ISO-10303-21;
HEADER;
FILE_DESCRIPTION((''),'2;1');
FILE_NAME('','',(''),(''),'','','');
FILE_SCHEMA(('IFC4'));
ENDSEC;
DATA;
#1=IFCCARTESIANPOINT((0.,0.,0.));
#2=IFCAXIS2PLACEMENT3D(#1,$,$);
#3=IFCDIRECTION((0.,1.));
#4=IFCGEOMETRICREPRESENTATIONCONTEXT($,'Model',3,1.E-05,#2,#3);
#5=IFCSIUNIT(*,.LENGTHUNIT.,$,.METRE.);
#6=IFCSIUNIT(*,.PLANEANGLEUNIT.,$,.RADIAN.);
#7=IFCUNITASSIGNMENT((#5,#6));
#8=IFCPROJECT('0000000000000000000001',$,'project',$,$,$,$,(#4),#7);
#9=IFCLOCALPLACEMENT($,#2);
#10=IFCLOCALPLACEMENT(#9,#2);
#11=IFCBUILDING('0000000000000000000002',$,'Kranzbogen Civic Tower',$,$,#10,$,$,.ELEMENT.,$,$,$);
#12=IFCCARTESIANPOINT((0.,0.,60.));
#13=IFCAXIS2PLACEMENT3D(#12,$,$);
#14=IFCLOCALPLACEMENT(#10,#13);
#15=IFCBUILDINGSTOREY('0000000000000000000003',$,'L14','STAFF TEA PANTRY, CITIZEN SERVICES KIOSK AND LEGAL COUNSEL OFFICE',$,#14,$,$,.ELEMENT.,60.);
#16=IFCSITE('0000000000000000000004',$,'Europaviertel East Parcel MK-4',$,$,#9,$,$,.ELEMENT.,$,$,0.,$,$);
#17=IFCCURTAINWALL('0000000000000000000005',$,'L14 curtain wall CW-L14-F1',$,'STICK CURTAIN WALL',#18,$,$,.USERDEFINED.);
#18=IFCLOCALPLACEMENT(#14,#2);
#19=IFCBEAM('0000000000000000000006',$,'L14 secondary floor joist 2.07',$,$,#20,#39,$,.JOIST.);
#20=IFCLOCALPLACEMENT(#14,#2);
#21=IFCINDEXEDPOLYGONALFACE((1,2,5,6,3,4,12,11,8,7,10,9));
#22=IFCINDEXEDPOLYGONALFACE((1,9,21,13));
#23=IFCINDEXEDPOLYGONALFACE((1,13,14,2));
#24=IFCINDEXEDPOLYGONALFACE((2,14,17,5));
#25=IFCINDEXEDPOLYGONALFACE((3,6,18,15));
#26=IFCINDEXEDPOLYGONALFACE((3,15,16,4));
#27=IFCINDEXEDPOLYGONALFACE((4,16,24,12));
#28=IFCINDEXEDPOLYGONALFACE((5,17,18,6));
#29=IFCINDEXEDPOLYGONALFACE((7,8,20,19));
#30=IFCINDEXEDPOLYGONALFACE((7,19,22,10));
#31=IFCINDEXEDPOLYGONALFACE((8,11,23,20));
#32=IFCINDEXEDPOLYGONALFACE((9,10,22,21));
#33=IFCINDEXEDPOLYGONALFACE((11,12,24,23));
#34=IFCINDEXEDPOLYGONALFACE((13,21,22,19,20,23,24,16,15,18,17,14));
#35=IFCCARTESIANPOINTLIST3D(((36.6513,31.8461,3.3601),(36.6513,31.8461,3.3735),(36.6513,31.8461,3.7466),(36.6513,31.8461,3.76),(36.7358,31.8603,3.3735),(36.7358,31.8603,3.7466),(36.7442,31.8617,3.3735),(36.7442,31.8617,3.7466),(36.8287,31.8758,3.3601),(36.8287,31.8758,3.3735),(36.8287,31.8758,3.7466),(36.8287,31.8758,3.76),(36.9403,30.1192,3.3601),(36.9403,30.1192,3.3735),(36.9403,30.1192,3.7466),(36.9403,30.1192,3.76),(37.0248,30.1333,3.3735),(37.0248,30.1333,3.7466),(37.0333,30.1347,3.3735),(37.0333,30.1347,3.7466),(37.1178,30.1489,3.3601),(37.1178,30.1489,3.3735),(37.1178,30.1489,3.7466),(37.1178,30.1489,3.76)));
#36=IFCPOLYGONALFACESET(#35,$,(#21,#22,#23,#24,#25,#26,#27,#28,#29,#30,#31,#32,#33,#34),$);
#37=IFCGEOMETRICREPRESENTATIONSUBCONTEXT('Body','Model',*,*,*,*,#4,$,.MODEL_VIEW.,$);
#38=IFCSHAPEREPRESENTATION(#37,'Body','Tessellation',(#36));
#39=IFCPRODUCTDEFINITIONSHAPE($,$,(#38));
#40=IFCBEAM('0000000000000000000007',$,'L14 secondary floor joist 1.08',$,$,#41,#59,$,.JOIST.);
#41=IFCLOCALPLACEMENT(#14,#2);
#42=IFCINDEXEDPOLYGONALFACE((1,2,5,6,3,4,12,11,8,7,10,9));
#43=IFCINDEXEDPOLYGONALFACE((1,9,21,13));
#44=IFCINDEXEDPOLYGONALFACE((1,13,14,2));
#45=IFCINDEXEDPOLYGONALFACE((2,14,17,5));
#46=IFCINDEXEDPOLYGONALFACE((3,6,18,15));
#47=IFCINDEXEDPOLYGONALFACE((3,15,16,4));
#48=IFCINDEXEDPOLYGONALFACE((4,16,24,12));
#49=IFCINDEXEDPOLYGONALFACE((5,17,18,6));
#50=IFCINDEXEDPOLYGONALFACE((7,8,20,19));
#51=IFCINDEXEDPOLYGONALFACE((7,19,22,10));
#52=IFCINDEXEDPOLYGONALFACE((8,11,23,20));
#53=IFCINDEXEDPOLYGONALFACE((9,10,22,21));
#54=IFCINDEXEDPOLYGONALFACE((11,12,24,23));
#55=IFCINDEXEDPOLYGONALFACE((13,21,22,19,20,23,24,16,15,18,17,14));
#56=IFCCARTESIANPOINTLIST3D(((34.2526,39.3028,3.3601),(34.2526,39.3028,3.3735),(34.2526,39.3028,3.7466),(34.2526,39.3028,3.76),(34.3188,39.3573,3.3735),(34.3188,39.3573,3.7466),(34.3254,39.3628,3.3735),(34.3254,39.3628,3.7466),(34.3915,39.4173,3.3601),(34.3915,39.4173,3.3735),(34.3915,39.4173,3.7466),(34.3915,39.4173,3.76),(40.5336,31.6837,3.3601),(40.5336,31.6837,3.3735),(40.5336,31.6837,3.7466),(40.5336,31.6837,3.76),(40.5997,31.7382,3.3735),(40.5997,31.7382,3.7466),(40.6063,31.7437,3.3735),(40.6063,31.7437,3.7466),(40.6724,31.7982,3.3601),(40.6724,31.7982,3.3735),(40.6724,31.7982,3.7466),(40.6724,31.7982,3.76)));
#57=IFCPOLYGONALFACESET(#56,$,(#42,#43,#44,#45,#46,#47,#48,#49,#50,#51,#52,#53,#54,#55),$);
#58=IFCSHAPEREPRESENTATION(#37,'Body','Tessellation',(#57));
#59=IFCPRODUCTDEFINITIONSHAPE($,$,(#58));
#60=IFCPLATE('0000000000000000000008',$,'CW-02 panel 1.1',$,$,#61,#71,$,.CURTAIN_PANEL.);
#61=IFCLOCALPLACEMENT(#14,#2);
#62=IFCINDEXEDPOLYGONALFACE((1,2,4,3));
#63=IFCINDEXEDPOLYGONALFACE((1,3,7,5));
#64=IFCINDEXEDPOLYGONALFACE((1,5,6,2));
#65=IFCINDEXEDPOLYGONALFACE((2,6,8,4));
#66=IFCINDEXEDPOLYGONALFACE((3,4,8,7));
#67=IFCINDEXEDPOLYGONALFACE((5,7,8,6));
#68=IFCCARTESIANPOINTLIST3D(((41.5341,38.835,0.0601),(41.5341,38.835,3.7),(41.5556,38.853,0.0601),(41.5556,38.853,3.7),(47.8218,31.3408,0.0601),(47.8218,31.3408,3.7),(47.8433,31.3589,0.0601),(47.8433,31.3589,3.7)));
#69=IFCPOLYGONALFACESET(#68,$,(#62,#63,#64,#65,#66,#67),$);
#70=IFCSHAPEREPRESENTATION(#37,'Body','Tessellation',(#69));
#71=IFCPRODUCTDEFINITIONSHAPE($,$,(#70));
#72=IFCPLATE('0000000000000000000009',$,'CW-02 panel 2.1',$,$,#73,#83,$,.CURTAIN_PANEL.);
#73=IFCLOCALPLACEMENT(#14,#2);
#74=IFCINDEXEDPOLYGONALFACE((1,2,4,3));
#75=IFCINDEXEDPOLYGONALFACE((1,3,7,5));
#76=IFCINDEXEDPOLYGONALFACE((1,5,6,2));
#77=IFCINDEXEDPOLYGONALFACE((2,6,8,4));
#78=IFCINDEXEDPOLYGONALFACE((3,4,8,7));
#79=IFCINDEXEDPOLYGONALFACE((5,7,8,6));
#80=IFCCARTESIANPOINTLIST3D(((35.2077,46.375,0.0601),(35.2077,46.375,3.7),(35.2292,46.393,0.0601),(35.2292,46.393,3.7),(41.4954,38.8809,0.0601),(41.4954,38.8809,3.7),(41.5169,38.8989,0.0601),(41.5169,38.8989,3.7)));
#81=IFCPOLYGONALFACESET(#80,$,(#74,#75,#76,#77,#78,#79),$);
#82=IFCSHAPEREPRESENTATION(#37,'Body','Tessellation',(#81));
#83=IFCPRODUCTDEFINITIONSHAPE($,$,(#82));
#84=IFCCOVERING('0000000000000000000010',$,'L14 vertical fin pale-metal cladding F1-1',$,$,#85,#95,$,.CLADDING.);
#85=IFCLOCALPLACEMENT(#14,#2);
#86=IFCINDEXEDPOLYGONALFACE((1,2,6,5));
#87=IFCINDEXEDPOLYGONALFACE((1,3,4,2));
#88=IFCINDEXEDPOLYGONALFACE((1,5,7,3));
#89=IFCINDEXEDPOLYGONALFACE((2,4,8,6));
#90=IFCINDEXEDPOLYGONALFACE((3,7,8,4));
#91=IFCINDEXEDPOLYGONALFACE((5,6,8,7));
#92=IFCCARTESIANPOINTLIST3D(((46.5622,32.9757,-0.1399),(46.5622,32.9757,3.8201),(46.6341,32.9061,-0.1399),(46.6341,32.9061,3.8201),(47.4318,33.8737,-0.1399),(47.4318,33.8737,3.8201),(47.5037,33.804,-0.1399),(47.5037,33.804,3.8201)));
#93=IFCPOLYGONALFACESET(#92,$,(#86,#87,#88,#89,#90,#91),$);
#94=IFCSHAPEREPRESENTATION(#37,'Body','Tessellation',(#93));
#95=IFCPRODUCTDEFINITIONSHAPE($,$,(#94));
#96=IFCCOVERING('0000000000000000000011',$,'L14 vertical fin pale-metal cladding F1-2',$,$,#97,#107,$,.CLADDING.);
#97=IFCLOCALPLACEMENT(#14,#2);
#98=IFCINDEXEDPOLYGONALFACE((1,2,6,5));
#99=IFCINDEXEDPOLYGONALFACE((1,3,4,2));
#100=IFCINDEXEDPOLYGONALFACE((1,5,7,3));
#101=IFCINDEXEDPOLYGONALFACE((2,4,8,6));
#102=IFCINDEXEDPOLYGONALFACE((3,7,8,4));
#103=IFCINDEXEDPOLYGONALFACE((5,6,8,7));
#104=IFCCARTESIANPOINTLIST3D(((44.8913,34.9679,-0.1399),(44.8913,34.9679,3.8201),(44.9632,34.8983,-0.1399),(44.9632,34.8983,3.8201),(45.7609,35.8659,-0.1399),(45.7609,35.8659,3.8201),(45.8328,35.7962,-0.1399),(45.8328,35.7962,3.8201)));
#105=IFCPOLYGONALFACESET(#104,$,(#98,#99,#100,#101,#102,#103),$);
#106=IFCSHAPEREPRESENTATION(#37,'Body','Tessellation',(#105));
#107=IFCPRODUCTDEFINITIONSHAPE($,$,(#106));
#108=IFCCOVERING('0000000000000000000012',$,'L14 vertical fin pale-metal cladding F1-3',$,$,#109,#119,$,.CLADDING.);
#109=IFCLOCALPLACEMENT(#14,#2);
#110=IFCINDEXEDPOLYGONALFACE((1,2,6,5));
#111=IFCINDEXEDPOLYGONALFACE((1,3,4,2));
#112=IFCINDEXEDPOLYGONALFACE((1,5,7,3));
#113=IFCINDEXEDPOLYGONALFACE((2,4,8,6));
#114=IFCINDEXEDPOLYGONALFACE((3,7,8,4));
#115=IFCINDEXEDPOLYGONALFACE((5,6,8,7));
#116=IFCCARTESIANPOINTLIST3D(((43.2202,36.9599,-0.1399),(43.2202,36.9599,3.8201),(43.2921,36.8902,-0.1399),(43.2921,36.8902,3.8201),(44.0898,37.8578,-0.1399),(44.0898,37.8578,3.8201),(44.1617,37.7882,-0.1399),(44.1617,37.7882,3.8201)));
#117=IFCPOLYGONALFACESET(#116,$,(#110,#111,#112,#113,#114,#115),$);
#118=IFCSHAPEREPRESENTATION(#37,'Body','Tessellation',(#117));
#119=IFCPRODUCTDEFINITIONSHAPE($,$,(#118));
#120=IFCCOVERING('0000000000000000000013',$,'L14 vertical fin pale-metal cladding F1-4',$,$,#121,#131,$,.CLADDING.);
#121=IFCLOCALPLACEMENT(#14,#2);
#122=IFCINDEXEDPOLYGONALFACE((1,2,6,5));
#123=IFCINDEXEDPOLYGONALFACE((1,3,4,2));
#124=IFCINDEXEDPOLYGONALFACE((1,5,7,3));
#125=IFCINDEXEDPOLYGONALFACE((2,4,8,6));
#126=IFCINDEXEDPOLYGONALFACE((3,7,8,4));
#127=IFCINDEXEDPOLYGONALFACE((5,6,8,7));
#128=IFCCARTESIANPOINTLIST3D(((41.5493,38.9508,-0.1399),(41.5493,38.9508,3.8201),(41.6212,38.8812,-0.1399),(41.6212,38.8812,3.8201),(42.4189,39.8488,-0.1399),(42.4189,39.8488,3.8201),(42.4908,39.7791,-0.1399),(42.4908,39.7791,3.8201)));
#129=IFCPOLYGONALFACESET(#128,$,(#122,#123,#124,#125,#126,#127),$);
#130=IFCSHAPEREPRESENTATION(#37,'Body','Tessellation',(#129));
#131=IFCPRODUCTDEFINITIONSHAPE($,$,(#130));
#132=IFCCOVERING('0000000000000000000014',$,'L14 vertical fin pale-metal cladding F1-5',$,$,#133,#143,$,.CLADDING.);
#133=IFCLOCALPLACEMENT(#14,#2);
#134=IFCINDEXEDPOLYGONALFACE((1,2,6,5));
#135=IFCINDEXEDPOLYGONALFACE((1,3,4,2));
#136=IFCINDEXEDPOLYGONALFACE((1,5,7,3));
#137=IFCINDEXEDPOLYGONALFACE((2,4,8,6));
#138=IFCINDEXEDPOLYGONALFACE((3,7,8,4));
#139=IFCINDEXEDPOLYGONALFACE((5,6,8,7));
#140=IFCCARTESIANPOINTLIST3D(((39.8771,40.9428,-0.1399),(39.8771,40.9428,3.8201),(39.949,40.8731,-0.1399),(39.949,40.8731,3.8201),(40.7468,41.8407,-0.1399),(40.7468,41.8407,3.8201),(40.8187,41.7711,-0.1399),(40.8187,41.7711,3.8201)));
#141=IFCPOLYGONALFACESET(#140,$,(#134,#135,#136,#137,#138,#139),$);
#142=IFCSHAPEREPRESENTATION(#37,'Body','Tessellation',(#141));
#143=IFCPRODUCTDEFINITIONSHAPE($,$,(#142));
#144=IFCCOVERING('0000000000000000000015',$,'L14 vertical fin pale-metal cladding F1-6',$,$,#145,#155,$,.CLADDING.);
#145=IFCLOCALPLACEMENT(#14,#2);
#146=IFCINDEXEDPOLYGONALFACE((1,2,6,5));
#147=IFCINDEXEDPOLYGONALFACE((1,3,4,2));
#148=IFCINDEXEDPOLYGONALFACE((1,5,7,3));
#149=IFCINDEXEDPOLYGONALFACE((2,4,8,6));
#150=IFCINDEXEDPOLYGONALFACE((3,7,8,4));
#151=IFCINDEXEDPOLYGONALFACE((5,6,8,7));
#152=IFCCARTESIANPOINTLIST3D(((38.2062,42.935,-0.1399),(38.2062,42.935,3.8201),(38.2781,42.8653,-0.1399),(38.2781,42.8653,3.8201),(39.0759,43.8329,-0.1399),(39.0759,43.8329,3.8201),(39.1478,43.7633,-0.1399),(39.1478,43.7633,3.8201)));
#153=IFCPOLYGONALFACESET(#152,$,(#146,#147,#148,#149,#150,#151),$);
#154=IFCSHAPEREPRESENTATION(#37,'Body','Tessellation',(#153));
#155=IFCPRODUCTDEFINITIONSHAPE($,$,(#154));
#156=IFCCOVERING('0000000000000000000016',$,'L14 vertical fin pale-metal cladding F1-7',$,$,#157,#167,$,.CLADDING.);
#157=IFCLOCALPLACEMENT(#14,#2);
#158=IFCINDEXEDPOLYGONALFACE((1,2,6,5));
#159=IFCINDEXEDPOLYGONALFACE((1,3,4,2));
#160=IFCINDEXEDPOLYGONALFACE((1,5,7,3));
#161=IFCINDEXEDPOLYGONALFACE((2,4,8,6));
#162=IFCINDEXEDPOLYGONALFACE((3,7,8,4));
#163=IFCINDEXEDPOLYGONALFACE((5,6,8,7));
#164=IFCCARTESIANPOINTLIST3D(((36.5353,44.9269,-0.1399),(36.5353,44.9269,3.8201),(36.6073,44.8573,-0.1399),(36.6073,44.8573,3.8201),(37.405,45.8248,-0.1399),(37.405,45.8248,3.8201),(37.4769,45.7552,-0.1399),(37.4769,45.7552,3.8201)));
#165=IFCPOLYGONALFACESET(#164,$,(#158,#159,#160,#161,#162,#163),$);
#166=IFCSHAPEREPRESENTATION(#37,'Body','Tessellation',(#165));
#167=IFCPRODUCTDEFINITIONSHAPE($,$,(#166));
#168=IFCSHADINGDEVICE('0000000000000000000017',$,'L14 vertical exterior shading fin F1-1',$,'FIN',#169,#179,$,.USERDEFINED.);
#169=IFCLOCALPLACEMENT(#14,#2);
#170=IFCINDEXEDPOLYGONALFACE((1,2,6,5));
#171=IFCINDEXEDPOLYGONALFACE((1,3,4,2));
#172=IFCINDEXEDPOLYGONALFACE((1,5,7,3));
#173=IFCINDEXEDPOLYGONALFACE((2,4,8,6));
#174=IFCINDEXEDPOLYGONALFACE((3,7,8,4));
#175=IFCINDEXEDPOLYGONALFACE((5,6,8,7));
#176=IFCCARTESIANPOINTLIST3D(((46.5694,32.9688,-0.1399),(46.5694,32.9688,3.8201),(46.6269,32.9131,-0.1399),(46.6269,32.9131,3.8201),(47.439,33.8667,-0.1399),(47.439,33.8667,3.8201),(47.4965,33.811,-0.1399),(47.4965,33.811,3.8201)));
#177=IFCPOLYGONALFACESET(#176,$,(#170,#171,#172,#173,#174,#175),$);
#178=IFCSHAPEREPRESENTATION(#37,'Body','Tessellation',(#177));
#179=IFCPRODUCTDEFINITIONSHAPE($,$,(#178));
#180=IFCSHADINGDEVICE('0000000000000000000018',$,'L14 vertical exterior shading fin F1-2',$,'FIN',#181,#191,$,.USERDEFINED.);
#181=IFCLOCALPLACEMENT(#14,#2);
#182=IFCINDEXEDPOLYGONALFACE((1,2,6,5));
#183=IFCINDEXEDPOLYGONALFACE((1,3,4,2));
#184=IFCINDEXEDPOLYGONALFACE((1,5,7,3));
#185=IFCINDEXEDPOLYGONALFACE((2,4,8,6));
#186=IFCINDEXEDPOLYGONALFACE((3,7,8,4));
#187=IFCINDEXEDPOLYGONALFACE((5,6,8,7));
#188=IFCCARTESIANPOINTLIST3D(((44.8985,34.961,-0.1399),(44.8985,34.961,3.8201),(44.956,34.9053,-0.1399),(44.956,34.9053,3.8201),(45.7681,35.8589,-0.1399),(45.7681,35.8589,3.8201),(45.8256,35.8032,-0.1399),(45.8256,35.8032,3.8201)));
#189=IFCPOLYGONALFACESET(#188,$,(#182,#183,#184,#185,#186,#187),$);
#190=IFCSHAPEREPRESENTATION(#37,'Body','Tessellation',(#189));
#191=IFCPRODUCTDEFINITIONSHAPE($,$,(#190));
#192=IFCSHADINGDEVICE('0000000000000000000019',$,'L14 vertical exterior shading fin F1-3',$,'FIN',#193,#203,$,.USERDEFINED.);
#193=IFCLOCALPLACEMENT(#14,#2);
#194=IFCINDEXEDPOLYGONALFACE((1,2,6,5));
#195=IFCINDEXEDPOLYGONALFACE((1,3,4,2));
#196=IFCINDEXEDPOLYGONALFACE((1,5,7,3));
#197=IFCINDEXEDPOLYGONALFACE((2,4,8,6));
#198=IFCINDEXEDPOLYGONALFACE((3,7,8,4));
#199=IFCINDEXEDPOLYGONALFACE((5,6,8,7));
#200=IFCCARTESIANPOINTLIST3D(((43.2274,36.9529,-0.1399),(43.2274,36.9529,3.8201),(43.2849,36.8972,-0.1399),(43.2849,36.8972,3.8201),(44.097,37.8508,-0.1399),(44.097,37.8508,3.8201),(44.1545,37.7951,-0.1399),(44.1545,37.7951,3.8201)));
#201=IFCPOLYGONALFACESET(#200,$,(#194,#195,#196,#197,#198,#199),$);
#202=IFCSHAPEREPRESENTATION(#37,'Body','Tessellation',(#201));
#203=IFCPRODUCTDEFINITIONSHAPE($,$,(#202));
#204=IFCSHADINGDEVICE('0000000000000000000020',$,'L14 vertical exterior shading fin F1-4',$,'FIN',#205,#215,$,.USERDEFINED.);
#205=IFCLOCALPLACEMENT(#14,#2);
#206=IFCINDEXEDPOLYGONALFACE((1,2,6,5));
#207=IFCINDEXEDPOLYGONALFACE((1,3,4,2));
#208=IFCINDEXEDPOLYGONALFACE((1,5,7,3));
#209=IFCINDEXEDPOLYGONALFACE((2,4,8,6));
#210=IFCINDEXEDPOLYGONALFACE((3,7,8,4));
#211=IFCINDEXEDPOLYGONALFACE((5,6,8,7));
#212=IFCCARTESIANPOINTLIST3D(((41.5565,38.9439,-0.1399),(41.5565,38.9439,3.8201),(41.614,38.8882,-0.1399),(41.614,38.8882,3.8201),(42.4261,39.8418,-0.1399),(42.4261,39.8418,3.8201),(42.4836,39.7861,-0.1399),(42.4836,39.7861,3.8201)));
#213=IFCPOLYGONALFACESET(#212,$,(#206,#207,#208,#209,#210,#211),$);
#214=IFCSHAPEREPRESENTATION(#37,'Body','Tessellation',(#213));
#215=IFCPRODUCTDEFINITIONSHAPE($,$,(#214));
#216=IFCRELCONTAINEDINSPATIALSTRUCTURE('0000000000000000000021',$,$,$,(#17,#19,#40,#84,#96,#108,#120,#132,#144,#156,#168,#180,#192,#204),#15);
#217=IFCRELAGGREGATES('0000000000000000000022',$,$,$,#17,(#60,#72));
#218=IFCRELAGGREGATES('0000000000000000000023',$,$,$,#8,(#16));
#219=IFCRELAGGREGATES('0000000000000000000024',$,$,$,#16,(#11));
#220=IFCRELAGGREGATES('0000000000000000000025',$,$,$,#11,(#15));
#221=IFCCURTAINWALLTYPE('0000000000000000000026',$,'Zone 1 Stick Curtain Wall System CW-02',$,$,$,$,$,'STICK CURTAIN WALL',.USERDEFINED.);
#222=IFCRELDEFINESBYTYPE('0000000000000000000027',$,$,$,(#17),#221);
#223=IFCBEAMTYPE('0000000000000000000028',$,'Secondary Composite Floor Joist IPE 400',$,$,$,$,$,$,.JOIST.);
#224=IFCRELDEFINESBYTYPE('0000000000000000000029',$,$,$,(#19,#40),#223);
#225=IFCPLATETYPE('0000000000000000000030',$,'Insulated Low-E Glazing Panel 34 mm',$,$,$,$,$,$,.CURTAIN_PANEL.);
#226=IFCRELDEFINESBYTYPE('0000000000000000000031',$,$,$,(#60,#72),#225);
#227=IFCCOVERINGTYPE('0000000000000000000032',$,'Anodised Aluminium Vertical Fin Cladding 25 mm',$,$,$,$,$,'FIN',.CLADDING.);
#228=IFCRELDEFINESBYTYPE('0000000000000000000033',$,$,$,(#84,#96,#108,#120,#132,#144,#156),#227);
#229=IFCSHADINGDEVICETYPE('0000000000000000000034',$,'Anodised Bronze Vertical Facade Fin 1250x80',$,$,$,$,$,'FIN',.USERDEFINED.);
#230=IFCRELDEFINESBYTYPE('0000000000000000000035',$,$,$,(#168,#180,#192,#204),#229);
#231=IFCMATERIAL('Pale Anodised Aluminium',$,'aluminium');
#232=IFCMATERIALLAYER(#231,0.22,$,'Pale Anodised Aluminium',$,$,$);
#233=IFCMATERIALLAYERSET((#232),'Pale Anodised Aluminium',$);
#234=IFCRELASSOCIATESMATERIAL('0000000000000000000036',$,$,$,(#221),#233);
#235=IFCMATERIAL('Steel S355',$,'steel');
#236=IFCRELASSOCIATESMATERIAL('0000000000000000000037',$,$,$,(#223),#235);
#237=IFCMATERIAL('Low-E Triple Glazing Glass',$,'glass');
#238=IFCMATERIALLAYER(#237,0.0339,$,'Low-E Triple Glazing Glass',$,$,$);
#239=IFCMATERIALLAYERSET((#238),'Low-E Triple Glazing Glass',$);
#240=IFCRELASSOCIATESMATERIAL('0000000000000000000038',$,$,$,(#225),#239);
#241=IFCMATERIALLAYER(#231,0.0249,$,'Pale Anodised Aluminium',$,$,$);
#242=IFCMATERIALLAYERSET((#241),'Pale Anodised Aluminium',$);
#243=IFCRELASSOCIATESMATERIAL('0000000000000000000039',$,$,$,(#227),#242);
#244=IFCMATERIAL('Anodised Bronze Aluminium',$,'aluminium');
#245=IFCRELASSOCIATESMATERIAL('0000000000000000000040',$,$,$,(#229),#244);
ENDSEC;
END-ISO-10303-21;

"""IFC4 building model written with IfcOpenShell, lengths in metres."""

from ifc_helpers import new_model, si_unit, direction, frame, origin, origin_2d, place, context, subcontext, project, spatial, rectangle, i_section, extrude, material, layer, layer_set, material_profile, profile_set, type_object, element, aggregate, save


model = new_model("IFC4")

# Units and contexts
model_context = context("Model", 3, precision=1e-05, world=origin(), true_north=direction((0.0, 1.0)))
body_context = subcontext(model_context, "Body", "Model", "MODEL_VIEW")
ifc_project = project(units=[si_unit("LENGTHUNIT", "METRE"), si_unit("PLANEANGLEUNIT", "RADIAN")], contexts=[model_context])

# Site, building, storey
site_placement = place(None, origin())
site = spatial("IfcSite", under=ifc_project, at=site_placement, Name="Europaviertel East Parcel MK-4", CompositionType="ELEMENT", RefElevation=0.0)
building_placement = place(site_placement, origin())
building = spatial("IfcBuilding", under=site, at=building_placement, Name="Kranzbogen Civic Tower", CompositionType="ELEMENT")
storey_placement = place(building_placement, frame((0.0, 0.0, 60.0)))
storey = spatial("IfcBuildingStorey", under=building, at=storey_placement, Name="L14", Description="STAFF TEA PANTRY, CITIZEN SERVICES KIOSK AND LEGAL COUNSEL OFFICE", CompositionType="ELEMENT", Elevation=60.0)

# Shared definitions
ifc_material_1 = material(Name="Steel S355", Category="steel")

# Curtain wall
ifc_material_2 = material(Name="Pale Anodised Aluminium", Category="aluminium")
ifc_layer_1 = layer(ifc_material_2, 0.22, Name="Pale Anodised Aluminium")
ifc_layer_set_1 = layer_set([ifc_layer_1], Name="Pale Anodised Aluminium")
curtain_wall_type = type_object("IfcCurtainWallType", Name="Zone 1 Stick Curtain Wall System CW-02", ElementType="STICK CURTAIN WALL", PredefinedType="USERDEFINED", material=ifc_layer_set_1)
curtain_wall_placement = place(storey_placement, origin())
curtain_wall = element("IfcCurtainWall", 1, at=curtain_wall_placement, inside=storey, type_object=curtain_wall_type, Name="L14 curtain wall CW-L14-F1", ObjectType="STICK CURTAIN WALL", PredefinedType="USERDEFINED")

# Beams
ifc_material_profile_1 = material_profile(ifc_material_1, i_section(OverallWidth=0.1799, OverallDepth=0.3999, WebThickness=0.0085, FlangeThickness=0.0134, at=origin_2d()), Name="IPE 400")
ifc_profile_set_1 = profile_set([ifc_material_profile_1], Name="Steel S355")
beam_type_1 = type_object("IfcBeamType", Name="Secondary Composite Floor Joist IPE 400", PredefinedType="JOIST", material=ifc_profile_set_1)
beam_1_placement = place(storey_placement, frame((37.0291, 30.134, 3.5601), z_axis=(-0.165077, 0.986281, 0.0), x_axis=(-0.986281, -0.165077, 0.0)))
element("IfcBeam", 2, at=beam_1_placement, inside=storey, type_object=beam_type_1, Name="L14 secondary floor joist 2.07", PredefinedType="JOIST", context=body_context, shape_type="SweptSolid", body=[
    extrude(i_section(OverallWidth=0.1799, OverallDepth=0.3999, WebThickness=0.0085, FlangeThickness=0.0134, at=origin_2d()), origin(), (0.0, 0.0, 1.0), 1.751),
])
beam_2_placement = place(storey_placement, frame((40.603, 31.741, 3.5601), z_axis=(-0.636095, 0.771611, 0.0), x_axis=(-0.771611, -0.636095, 0.0)))
element("IfcBeam", 3, at=beam_2_placement, inside=storey, type_object=beam_type_1, Name="L14 secondary floor joist 1.08", PredefinedType="JOIST", context=body_context, shape_type="SweptSolid", body=[
    extrude(i_section(OverallWidth=0.1799, OverallDepth=0.3999, WebThickness=0.0085, FlangeThickness=0.0134, at=origin_2d()), origin(), (0.0, 0.0, 1.0), 9.8743),
])

# Plates
ifc_material_3 = material(Name="Low-E Triple Glazing Glass", Category="glass")
ifc_layer_2 = layer(ifc_material_3, 0.0339, Name="Low-E Triple Glazing Glass")
ifc_layer_set_2 = layer_set([ifc_layer_2], Name="Low-E Triple Glazing Glass")
plate_type = type_object("IfcPlateType", Name="Insulated Low-E Glazing Panel 34 mm", PredefinedType="CURTAIN_PANEL", material=ifc_layer_set_2)
plate_1_placement = place(storey_placement, frame((44.6887, 35.0969, 0.0601), z_axis=(0.0, 0.0, 1.0), x_axis=(-0.642751, 0.766075, 0.0)))
plate_1 = element("IfcPlate", 4, at=plate_1_placement, type_object=plate_type, Name="CW-02 panel 1.1", PredefinedType="CURTAIN_PANEL", context=body_context, shape_type="SweptSolid", body=[
    extrude(rectangle(XDim=9.7825, YDim=0.0281, at=origin_2d()), origin(), (0.0, 0.0, 1.0), 3.6399),
])
plate_2_placement = place(storey_placement, frame((38.3623, 42.637, 0.0601), z_axis=(0.0, 0.0, 1.0), x_axis=(-0.642751, 0.766075, 0.0)))
plate_2 = element("IfcPlate", 5, at=plate_2_placement, type_object=plate_type, Name="CW-02 panel 2.1", PredefinedType="CURTAIN_PANEL", context=body_context, shape_type="SweptSolid", body=[
    extrude(rectangle(XDim=9.7825, YDim=0.0281, at=origin_2d()), origin(), (0.0, 0.0, 1.0), 3.6399),
])
aggregate(curtain_wall, [plate_1, plate_2])

# Coverings
ifc_layer_3 = layer(ifc_material_2, 0.0249, Name="Pale Anodised Aluminium")
ifc_layer_set_3 = layer_set([ifc_layer_3], Name="Pale Anodised Aluminium")
covering_type = type_object("IfcCoveringType", Name="Anodised Aluminium Vertical Fin Cladding 25 mm", ElementType="FIN", PredefinedType="CLADDING", material=ifc_layer_set_3)
for number, where, z_axis, x_axis, name in (
    (6, (47.033, 33.3899, -0.1399), (0.0, 0.0, 1.0), (0.695687, 0.718345, 0.0), "L14 vertical fin pale-metal cladding F1-1"),
    (7, (45.3621, 35.3821, -0.1399), (0.0, 0.0, 1.0), (0.695687, 0.718345, 0.0), "L14 vertical fin pale-metal cladding F1-2"),
    (8, (43.6909, 37.374, -0.1399), (0.0, 0.0, 1.0), (0.695687, 0.718345, 0.0), "L14 vertical fin pale-metal cladding F1-3"),
    (9, (42.02, 39.365, -0.1399), (0.0, 0.0, 1.0), (0.695687, 0.718345, 0.0), "L14 vertical fin pale-metal cladding F1-4"),
    (10, (40.3479, 41.3569, -0.1399), (0.0, 0.0, 1.0), (0.695687, 0.718345, 0.0), "L14 vertical fin pale-metal cladding F1-5"),
    (11, (38.677, 43.3491, -0.1399), (0.0, 0.0, 1.0), (0.695687, 0.718345, 0.0), "L14 vertical fin pale-metal cladding F1-6"),
    (12, (37.0061, 45.3411, -0.1399), (0.0, 0.0, 1.0), (0.695687, 0.718345, 0.0), "L14 vertical fin pale-metal cladding F1-7"),
):
    element("IfcCovering", number, at=place(storey_placement, frame(where, z_axis=z_axis, x_axis=x_axis)), inside=storey, type_object=covering_type, Name=name, PredefinedType="CLADDING", context=body_context, shape_type="SweptSolid", body=[
        extrude(rectangle(XDim=1.25, YDim=0.1001, at=origin_2d()), origin(), (0.0, 0.0, 1.0), 3.96),
    ])

# Shading devices
ifc_material_4 = material(Name="Anodised Bronze Aluminium", Category="aluminium")
shading_device_type = type_object("IfcShadingDeviceType", Name="Anodised Bronze Vertical Facade Fin 1250x80", ElementType="FIN", PredefinedType="USERDEFINED", material=ifc_material_4)
for number, where, z_axis, x_axis, name in (
    (13, (47.033, 33.3899, -0.1399), (0.0, 0.0, 1.0), (0.695687, 0.718345, 0.0), "L14 vertical exterior shading fin F1-1"),
    (14, (45.3621, 35.3821, -0.1399), (0.0, 0.0, 1.0), (0.695687, 0.718345, 0.0), "L14 vertical exterior shading fin F1-2"),
    (15, (43.6909, 37.374, -0.1399), (0.0, 0.0, 1.0), (0.695687, 0.718345, 0.0), "L14 vertical exterior shading fin F1-3"),
    (16, (42.02, 39.365, -0.1399), (0.0, 0.0, 1.0), (0.695687, 0.718345, 0.0), "L14 vertical exterior shading fin F1-4"),
):
    element("IfcShadingDevice", number, at=place(storey_placement, frame(where, z_axis=z_axis, x_axis=x_axis)), inside=storey, type_object=shading_device_type, Name=name, ObjectType="FIN", PredefinedType="USERDEFINED", context=body_context, shape_type="SweptSolid", body=[
        extrude(rectangle(XDim=1.25, YDim=0.0801, at=origin_2d()), origin(), (0.0, 0.0, 1.0), 3.96),
    ])

save(model, "model.ifc")
